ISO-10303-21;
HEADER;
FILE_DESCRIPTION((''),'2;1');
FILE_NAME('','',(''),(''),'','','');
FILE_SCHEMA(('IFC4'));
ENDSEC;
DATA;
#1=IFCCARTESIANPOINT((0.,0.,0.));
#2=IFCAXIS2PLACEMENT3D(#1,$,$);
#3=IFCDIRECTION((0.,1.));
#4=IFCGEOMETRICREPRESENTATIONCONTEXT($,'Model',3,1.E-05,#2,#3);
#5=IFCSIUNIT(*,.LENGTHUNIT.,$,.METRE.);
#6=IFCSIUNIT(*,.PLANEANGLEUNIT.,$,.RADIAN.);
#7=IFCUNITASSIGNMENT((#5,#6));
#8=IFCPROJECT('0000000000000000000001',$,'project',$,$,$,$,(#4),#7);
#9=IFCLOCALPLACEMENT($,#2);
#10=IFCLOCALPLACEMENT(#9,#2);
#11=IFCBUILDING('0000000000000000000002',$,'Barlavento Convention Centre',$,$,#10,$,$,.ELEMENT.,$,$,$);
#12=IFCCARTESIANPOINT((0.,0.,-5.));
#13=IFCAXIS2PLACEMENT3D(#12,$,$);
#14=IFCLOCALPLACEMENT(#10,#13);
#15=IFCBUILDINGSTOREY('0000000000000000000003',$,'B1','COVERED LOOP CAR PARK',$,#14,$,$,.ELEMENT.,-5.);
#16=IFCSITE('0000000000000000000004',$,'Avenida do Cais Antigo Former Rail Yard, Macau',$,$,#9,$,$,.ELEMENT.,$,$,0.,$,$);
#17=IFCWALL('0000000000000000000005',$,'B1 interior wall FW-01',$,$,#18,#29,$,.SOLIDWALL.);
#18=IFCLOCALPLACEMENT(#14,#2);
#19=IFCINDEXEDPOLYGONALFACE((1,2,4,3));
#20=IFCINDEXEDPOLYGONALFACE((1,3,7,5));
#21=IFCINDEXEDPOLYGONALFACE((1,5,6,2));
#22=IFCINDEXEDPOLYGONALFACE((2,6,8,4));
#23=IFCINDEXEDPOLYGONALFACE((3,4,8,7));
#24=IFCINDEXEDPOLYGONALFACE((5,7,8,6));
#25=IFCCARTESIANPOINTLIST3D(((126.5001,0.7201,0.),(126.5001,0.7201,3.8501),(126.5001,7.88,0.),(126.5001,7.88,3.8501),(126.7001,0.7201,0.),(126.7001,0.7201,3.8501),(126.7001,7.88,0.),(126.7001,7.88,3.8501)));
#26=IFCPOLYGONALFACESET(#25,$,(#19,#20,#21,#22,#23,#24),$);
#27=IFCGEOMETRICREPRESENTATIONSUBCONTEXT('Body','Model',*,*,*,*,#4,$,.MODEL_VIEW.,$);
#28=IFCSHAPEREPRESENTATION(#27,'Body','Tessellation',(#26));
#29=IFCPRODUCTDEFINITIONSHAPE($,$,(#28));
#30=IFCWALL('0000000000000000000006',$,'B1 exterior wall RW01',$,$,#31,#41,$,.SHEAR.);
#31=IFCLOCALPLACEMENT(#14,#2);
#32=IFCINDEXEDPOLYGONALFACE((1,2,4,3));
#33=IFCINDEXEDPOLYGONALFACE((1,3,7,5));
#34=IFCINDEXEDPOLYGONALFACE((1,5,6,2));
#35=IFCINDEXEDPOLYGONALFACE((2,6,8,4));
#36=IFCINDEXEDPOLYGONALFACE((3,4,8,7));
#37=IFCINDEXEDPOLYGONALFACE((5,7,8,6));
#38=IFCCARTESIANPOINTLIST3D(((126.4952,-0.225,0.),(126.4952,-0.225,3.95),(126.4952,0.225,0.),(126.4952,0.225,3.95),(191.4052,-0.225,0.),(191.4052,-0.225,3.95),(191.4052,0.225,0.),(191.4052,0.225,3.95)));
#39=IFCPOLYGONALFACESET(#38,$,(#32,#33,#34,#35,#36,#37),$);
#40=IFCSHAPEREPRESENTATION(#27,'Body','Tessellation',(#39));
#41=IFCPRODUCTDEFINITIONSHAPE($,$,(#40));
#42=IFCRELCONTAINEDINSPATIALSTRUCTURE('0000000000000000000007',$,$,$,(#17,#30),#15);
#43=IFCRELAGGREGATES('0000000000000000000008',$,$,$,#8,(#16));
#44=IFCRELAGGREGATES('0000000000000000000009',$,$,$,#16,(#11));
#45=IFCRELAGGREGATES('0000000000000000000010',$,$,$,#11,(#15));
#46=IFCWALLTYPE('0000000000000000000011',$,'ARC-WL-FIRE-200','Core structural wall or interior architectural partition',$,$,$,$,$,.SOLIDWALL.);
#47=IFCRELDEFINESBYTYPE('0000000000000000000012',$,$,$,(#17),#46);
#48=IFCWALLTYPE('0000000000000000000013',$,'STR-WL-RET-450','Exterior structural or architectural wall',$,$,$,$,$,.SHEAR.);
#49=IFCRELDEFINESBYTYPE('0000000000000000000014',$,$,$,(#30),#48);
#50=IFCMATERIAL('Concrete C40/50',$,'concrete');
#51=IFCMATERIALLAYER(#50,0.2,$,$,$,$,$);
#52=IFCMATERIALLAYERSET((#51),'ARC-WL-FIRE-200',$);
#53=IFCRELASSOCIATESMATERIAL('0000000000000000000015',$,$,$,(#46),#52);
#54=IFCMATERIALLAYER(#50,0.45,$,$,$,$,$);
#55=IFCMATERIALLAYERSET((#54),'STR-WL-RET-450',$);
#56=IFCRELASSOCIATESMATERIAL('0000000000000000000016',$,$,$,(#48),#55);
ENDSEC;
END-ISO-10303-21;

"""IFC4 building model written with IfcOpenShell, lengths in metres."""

from ifc_helpers import new_model, si_unit, direction, frame, frame_2d, origin, place, context, subcontext, project, spatial, rectangle, extrude, material, layer, layer_set, type_object, element, save


model = new_model("IFC4")

# Units and contexts
model_context = context("Model", 3, precision=1e-05, world=origin(), true_north=direction((0.0, 1.0)))
body_context = subcontext(model_context, "Body", "Model", "MODEL_VIEW")
ifc_project = project(units=[si_unit("LENGTHUNIT", "METRE"), si_unit("PLANEANGLEUNIT", "RADIAN")], contexts=[model_context])

# Site, building, storey
site_placement = place(None, origin())
site = spatial("IfcSite", under=ifc_project, at=site_placement, Name="Avenida do Cais Antigo Former Rail Yard, Macau", CompositionType="ELEMENT", RefElevation=0.0)
building_placement = place(site_placement, origin())
building = spatial("IfcBuilding", under=site, at=building_placement, Name="Barlavento Convention Centre", CompositionType="ELEMENT")
storey_placement = place(building_placement, frame((0.0, 0.0, -5.0)))
storey = spatial("IfcBuildingStorey", under=building, at=storey_placement, Name="B1", Description="COVERED LOOP CAR PARK", CompositionType="ELEMENT", Elevation=-5.0)

# Shared definitions
ifc_material_1 = material(Name="Concrete C40/50", Category="concrete")

# Walls
ifc_layer_1 = layer(ifc_material_1, 0.2)
ifc_layer_set_1 = layer_set([ifc_layer_1], Name="ARC-WL-FIRE-200")
wall_type_1 = type_object("IfcWallType", Name="ARC-WL-FIRE-200", Description="Core structural wall or interior architectural partition", PredefinedType="SOLIDWALL", material=ifc_layer_set_1)
wall_1_placement = place(storey_placement, frame((126.6001, 0.72, 0.0), z_axis=(0.0, 0.0, 1.0), x_axis=(0.0, 1.0, 0.0)))
element("IfcWall", 1, at=wall_1_placement, inside=storey, type_object=wall_type_1, Name="B1 interior wall FW-01", PredefinedType="SOLIDWALL", context=body_context, shape_type="SweptSolid", body=[
    extrude(rectangle(XDim=7.1599, YDim=0.2, at=frame_2d((3.5801, 0.0))), origin(), (0.0, 0.0, 1.0), 3.8501),
])
ifc_layer_2 = layer(ifc_material_1, 0.45)
ifc_layer_set_2 = layer_set([ifc_layer_2], Name="STR-WL-RET-450")
wall_type_2 = type_object("IfcWallType", Name="STR-WL-RET-450", Description="Exterior structural or architectural wall", PredefinedType="SHEAR", material=ifc_layer_set_2)
wall_2_placement = place(storey_placement, frame((126.4951, 0.0, 0.0), z_axis=(0.0, 0.0, 1.0), x_axis=(1.0, 0.0, 0.0)))
element("IfcWall", 2, at=wall_2_placement, inside=storey, type_object=wall_type_2, Name="B1 exterior wall RW01", PredefinedType="SHEAR", context=body_context, shape_type="SweptSolid", body=[
    extrude(rectangle(XDim=64.9099, YDim=0.45, at=frame_2d((32.4551, 0.0))), origin(), (0.0, 0.0, 1.0), 3.95),
])

save(model, "model.ifc")
